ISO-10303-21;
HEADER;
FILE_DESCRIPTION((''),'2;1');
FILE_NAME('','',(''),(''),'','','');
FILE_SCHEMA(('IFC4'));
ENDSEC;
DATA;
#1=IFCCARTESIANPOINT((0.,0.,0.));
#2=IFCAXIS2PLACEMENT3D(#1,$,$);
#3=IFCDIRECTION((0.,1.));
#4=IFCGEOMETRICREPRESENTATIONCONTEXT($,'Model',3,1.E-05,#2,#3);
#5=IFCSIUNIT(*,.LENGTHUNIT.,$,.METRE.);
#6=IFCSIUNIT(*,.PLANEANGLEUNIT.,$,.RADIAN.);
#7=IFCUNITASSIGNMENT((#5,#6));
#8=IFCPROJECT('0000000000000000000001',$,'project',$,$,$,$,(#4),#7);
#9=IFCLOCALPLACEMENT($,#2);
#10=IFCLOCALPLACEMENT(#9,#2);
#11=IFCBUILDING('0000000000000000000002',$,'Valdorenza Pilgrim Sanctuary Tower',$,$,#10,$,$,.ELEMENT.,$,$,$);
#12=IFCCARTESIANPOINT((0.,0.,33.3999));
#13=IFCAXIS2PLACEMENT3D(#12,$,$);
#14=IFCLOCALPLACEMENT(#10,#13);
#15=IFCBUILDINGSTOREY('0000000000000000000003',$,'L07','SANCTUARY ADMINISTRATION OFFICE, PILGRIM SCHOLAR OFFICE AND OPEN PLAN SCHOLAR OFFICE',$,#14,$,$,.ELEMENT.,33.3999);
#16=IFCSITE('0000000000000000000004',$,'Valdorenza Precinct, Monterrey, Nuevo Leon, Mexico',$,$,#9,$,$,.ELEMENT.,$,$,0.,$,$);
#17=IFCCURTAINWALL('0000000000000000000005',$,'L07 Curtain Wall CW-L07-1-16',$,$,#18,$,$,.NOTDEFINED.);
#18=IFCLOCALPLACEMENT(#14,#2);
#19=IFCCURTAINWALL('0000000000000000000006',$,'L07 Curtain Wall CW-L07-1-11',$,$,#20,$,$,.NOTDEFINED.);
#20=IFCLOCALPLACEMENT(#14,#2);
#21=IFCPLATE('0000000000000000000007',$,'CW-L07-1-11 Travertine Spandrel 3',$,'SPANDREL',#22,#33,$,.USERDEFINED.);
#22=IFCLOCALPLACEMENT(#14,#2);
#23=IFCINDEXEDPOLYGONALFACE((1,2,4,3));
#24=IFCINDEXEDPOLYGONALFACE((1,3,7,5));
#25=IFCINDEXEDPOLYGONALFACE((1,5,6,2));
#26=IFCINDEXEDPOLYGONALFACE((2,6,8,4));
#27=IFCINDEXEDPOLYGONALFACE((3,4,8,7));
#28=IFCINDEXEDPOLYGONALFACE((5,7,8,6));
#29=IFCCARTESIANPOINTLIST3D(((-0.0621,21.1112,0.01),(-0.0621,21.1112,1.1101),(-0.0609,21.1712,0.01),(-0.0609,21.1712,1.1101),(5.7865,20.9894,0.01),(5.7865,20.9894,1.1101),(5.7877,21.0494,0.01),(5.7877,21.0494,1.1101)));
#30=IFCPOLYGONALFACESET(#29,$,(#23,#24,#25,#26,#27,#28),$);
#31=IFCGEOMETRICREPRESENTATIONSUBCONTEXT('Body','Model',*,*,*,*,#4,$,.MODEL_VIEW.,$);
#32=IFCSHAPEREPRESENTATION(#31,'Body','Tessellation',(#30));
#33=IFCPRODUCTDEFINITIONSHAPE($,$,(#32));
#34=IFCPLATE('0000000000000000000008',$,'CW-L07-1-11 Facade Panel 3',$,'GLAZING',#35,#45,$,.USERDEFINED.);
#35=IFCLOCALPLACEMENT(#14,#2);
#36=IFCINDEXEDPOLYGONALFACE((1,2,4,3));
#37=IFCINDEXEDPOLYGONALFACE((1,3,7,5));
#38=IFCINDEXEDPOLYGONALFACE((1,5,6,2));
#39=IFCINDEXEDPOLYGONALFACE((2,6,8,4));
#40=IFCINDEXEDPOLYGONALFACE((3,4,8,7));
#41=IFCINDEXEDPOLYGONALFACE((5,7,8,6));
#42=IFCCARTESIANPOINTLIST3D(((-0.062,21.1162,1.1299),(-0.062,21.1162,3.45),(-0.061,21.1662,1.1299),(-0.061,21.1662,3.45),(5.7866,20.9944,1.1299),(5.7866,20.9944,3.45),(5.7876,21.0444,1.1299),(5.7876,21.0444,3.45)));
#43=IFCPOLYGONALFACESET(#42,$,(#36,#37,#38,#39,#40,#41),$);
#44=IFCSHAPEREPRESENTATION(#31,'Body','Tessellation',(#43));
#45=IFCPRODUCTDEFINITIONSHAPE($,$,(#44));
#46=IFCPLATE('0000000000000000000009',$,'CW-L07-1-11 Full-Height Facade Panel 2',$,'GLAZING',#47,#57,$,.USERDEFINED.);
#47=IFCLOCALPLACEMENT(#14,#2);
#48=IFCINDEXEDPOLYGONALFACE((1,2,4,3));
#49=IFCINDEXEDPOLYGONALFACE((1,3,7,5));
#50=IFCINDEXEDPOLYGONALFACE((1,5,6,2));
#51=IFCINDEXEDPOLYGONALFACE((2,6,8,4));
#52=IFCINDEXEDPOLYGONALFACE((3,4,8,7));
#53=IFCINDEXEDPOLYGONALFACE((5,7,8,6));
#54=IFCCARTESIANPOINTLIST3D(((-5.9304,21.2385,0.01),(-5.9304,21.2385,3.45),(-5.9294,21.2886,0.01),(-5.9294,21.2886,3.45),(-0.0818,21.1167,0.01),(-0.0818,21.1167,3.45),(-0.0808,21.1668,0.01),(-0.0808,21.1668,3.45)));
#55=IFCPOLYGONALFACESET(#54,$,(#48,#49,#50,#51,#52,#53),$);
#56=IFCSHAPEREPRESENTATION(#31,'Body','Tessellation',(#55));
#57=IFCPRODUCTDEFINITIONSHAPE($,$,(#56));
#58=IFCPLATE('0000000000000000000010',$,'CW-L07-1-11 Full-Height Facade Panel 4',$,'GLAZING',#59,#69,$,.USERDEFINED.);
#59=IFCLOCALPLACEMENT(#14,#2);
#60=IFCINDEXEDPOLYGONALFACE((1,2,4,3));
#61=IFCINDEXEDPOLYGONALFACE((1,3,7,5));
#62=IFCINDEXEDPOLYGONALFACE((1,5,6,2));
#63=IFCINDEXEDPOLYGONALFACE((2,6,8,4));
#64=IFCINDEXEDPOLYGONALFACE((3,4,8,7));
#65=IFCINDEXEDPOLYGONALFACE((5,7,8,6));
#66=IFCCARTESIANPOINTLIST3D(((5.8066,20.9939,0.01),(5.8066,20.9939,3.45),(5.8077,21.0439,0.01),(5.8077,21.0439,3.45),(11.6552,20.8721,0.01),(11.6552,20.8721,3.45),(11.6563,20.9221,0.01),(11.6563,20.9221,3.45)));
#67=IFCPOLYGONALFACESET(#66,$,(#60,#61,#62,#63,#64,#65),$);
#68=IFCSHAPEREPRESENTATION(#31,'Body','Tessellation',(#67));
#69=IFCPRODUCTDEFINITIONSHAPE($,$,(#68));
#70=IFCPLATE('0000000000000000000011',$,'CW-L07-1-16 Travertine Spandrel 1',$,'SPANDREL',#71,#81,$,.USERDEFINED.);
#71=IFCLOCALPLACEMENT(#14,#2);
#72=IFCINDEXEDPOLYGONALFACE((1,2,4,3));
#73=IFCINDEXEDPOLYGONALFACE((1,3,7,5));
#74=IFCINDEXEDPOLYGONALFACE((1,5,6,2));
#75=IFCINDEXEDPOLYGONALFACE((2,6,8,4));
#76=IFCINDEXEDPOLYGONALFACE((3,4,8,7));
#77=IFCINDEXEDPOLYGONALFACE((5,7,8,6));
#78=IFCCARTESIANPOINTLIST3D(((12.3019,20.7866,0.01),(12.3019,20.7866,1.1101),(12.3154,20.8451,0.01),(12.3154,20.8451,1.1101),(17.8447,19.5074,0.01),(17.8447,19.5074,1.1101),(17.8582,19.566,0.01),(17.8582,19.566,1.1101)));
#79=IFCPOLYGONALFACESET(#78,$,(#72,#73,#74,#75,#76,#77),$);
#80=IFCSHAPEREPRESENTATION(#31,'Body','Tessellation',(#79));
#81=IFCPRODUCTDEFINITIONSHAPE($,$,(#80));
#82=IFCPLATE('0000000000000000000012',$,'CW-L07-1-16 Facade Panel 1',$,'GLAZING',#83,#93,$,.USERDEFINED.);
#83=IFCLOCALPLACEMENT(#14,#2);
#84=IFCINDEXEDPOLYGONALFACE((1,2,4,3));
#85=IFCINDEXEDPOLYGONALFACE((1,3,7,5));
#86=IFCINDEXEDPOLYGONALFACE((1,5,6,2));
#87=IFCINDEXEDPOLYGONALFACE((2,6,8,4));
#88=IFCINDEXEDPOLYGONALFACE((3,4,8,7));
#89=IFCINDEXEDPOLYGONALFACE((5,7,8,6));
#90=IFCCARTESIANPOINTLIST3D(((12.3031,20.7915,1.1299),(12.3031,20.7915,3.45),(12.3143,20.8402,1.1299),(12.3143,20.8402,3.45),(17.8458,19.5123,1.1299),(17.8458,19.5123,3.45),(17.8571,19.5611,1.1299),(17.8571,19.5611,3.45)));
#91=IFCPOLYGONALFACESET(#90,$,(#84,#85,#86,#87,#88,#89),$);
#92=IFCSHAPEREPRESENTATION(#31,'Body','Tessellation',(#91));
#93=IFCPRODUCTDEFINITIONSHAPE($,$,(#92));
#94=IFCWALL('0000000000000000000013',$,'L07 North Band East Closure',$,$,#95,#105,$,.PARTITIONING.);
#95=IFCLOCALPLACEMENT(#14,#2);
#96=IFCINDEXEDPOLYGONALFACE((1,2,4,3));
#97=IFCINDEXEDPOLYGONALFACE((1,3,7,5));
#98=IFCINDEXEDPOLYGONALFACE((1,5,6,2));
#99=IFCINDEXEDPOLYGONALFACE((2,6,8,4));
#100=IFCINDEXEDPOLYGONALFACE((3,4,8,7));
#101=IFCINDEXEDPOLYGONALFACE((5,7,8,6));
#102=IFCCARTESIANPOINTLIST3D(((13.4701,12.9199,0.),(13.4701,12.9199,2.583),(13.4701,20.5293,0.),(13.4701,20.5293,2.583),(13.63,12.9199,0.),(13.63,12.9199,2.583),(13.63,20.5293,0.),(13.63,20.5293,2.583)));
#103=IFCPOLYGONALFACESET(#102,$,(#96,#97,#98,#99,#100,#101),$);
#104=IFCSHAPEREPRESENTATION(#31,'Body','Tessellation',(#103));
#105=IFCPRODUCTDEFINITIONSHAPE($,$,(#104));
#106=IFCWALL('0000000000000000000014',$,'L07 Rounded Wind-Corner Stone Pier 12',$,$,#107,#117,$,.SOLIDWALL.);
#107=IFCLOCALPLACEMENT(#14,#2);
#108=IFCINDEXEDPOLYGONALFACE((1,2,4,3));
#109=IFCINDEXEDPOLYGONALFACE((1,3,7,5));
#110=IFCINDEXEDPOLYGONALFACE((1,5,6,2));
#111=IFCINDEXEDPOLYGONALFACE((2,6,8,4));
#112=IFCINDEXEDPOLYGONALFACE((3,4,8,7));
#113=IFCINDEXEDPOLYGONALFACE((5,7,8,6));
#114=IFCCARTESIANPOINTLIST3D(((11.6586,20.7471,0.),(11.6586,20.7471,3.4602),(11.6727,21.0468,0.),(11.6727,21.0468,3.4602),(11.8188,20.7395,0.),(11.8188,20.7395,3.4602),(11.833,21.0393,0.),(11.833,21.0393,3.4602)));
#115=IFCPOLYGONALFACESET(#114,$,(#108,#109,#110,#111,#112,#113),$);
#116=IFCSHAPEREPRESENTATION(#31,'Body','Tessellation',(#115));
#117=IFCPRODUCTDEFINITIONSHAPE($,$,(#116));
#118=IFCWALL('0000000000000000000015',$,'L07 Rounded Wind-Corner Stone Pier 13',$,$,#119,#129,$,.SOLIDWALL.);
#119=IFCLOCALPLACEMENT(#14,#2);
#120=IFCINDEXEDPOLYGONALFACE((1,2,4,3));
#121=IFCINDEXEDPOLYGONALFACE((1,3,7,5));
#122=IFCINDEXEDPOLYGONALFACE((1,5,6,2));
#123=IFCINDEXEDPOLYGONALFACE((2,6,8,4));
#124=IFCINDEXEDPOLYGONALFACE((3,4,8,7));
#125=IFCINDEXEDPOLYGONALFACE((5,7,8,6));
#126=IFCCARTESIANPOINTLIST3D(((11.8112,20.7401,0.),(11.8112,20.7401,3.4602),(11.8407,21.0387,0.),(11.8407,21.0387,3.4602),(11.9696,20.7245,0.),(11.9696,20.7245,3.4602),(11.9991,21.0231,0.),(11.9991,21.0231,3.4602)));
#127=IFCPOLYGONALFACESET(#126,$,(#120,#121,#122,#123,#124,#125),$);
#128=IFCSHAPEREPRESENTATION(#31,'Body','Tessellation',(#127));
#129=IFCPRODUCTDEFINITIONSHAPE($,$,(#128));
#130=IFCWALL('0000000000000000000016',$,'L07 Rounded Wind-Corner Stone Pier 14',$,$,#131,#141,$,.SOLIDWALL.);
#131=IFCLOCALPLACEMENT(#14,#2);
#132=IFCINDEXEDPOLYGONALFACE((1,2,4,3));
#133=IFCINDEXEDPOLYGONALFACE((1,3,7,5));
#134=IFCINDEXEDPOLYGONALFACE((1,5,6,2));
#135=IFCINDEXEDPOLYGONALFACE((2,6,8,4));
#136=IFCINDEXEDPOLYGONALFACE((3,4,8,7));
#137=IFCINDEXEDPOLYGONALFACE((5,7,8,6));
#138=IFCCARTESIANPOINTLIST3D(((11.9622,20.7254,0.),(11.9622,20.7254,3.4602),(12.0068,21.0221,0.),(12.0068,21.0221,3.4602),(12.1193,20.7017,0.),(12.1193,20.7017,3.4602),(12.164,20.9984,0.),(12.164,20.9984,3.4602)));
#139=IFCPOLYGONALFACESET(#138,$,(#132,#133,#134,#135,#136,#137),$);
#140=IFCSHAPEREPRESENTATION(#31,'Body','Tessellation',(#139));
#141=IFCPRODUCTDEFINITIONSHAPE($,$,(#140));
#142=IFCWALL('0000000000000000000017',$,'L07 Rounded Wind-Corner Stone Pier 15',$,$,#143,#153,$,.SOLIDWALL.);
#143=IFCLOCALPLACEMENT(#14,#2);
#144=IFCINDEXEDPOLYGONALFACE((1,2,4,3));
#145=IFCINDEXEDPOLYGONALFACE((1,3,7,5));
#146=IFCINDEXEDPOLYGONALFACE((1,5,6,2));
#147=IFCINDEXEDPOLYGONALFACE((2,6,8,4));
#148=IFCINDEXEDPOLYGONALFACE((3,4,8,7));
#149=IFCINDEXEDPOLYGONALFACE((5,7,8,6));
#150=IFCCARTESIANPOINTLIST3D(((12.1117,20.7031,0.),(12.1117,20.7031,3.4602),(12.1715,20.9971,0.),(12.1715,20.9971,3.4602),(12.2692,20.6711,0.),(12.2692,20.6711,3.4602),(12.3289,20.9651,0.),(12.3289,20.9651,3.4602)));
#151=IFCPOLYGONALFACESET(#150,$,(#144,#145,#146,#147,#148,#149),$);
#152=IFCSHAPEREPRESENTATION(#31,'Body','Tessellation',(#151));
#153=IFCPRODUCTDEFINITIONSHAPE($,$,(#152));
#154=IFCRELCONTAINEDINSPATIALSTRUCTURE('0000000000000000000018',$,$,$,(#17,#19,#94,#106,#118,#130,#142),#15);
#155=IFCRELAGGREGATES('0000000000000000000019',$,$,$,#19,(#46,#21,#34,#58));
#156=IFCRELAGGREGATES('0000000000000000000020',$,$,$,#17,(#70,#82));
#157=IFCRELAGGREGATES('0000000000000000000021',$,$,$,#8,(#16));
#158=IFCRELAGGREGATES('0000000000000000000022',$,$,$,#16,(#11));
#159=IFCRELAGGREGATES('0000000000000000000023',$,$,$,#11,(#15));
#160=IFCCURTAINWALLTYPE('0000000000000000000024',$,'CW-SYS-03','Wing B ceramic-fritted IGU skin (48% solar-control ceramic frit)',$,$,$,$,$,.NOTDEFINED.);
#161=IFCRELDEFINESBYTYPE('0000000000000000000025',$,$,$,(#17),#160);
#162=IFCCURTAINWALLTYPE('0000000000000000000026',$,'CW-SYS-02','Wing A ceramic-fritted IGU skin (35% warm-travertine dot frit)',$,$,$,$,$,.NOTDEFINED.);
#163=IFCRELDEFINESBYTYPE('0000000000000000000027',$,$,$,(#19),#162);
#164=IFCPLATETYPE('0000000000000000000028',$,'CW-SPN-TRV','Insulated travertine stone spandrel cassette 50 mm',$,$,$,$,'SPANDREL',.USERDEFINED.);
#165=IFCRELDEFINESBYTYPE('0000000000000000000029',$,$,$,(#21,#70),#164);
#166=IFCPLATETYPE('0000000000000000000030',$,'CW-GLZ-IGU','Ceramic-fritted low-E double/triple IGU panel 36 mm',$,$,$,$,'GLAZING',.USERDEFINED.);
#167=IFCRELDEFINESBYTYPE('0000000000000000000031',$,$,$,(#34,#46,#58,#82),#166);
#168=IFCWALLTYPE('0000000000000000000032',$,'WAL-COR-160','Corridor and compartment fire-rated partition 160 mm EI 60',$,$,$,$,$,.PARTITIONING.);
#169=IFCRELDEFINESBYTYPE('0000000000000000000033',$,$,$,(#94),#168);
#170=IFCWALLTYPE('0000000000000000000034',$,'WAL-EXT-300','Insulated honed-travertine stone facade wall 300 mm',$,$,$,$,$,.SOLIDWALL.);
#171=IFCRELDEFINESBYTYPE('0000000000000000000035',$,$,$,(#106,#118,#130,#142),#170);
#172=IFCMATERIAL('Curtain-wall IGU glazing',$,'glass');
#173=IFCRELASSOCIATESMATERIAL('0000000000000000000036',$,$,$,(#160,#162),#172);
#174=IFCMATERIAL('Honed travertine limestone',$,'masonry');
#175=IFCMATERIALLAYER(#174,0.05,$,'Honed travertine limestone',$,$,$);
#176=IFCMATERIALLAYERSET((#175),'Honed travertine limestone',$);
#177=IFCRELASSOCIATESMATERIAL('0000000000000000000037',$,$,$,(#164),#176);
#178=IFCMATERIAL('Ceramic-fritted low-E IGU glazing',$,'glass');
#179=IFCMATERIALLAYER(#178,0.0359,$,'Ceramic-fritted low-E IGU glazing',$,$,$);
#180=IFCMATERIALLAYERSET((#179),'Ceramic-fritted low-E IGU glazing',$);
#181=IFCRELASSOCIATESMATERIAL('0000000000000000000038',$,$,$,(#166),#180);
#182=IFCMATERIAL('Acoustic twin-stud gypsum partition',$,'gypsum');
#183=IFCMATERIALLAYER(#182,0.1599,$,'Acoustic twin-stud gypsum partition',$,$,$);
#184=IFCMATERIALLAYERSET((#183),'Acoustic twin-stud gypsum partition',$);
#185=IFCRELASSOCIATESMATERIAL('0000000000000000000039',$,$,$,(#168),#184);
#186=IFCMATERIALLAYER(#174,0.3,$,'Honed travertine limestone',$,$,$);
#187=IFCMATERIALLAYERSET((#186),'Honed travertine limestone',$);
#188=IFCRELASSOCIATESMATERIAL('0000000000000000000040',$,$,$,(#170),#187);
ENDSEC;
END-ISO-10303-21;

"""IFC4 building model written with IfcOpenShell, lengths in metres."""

from ifc_helpers import new_model, si_unit, direction, frame, frame_2d, origin, origin_2d, place, context, subcontext, project, spatial, rectangle, extrude, source, transform, mapped, material, layer, layer_set, type_object, element, aggregate, save


model = new_model("IFC4")

# Units and contexts
model_context = context("Model", 3, precision=1e-05, world=origin(), true_north=direction((0.0, 1.0)))
body_context = subcontext(model_context, "Body", "Model", "MODEL_VIEW")
ifc_project = project(units=[si_unit("LENGTHUNIT", "METRE"), si_unit("PLANEANGLEUNIT", "RADIAN")], contexts=[model_context])

# Site, building, storey
site_placement = place(None, origin())
site = spatial("IfcSite", under=ifc_project, at=site_placement, Name="Valdorenza Precinct, Monterrey, Nuevo Leon, Mexico", CompositionType="ELEMENT", RefElevation=0.0)
building_placement = place(site_placement, origin())
building = spatial("IfcBuilding", under=site, at=building_placement, Name="Valdorenza Pilgrim Sanctuary Tower", CompositionType="ELEMENT")
storey_placement = place(building_placement, frame((0.0, 0.0, 33.3999)))
storey = spatial("IfcBuildingStorey", under=building, at=storey_placement, Name="L07", Description="SANCTUARY ADMINISTRATION OFFICE, PILGRIM SCHOLAR OFFICE AND OPEN PLAN SCHOLAR OFFICE", CompositionType="ELEMENT", Elevation=33.3999)

# Curtain wall
ifc_material_1 = material(Name="Curtain-wall IGU glazing", Category="glass")
curtain_wall_type_1 = type_object("IfcCurtainWallType", Name="CW-SYS-03", Description="Wing B ceramic-fritted IGU skin (48% solar-control ceramic frit)", PredefinedType="NOTDEFINED", material=ifc_material_1)
curtain_wall_1_placement = place(storey_placement, origin())
curtain_wall_1 = element("IfcCurtainWall", 1, at=curtain_wall_1_placement, inside=storey, type_object=curtain_wall_type_1, Name="L07 Curtain Wall CW-L07-1-16", PredefinedType="NOTDEFINED")

# Curtain wall
curtain_wall_type_2 = type_object("IfcCurtainWallType", Name="CW-SYS-02", Description="Wing A ceramic-fritted IGU skin (35% warm-travertine dot frit)", PredefinedType="NOTDEFINED", material=ifc_material_1)
curtain_wall_2_placement = place(storey_placement, origin())
curtain_wall_2 = element("IfcCurtainWall", 2, at=curtain_wall_2_placement, inside=storey, type_object=curtain_wall_type_2, Name="L07 Curtain Wall CW-L07-1-11", PredefinedType="NOTDEFINED")

# Plates
ifc_material_2 = material(Name="Honed travertine limestone", Category="masonry")
ifc_layer_1 = layer(ifc_material_2, 0.05, Name="Honed travertine limestone")
ifc_layer_set_1 = layer_set([ifc_layer_1], Name="Honed travertine limestone")
plate_type_1 = type_object("IfcPlateType", Name="CW-SPN-TRV", Description="Insulated travertine stone spandrel cassette 50 mm", ElementType="SPANDREL", PredefinedType="USERDEFINED", material=ifc_layer_set_1)
shared_shape_1 = source(origin(), body_context, "Body", "SweptSolid", [
    extrude(rectangle(XDim=5.8499, YDim=0.0601, at=origin_2d()), origin(), (0.0, 0.0, 1.0), 1.1001),
])
plate_1_placement = place(storey_placement, frame((2.8628, 21.0803, 0.01), z_axis=(0.0, 0.0, 1.0), x_axis=(0.999783, -0.02082, 0.0)))
plate_1 = element("IfcPlate", 3, at=plate_1_placement, type_object=plate_type_1, Name="CW-L07-1-11 Travertine Spandrel 3", ObjectType="SPANDREL", PredefinedType="USERDEFINED", context=body_context, shape_type="MappedRepresentation", body=[
    mapped(shared_shape_1, transform((0.0, 0.0, 0.0), x_axis=(1.0, 0.0, 0.0), y_axis=(0.0, 1.0, 0.0), z_axis=(0.0, 0.0, 1.0), scale=1.0)),
])
ifc_material_3 = material(Name="Ceramic-fritted low-E IGU glazing", Category="glass")
ifc_layer_2 = layer(ifc_material_3, 0.0359, Name="Ceramic-fritted low-E IGU glazing")
ifc_layer_set_2 = layer_set([ifc_layer_2], Name="Ceramic-fritted low-E IGU glazing")
plate_type_2 = type_object("IfcPlateType", Name="CW-GLZ-IGU", Description="Ceramic-fritted low-E double/triple IGU panel 36 mm", ElementType="GLAZING", PredefinedType="USERDEFINED", material=ifc_layer_set_2)
shared_shape_2 = source(origin(), body_context, "Body", "SweptSolid", [
    extrude(rectangle(XDim=5.8499, YDim=0.05, at=origin_2d()), origin(), (0.0, 0.0, 1.0), 2.3201),
])
plate_2_placement = place(storey_placement, frame((2.8628, 21.0803, 1.1299), z_axis=(0.0, 0.0, 1.0), x_axis=(0.999783, -0.02082, 0.0)))
plate_2 = element("IfcPlate", 4, at=plate_2_placement, type_object=plate_type_2, Name="CW-L07-1-11 Facade Panel 3", ObjectType="GLAZING", PredefinedType="USERDEFINED", context=body_context, shape_type="MappedRepresentation", body=[
    mapped(shared_shape_2, transform((0.0, 0.0, 0.0), x_axis=(1.0, 0.0, 0.0), y_axis=(0.0, 1.0, 0.0), z_axis=(0.0, 0.0, 1.0), scale=1.0)),
])
shared_shape_3 = source(origin(), body_context, "Body", "SweptSolid", [
    extrude(rectangle(XDim=5.8499, YDim=0.05, at=origin_2d()), origin(), (0.0, 0.0, 1.0), 3.4399),
])
plate_3_placement = place(storey_placement, frame((-3.0056, 21.2026, 0.01), z_axis=(0.0, 0.0, 1.0), x_axis=(0.999783, -0.02082, 0.0)))
plate_3 = element("IfcPlate", 5, at=plate_3_placement, type_object=plate_type_2, Name="CW-L07-1-11 Full-Height Facade Panel 2", ObjectType="GLAZING", PredefinedType="USERDEFINED", context=body_context, shape_type="MappedRepresentation", body=[
    mapped(shared_shape_3, transform((0.0, 0.0, 0.0), x_axis=(1.0, 0.0, 0.0), y_axis=(0.0, 1.0, 0.0), z_axis=(0.0, 0.0, 1.0), scale=1.0)),
])
plate_4_placement = place(storey_placement, frame((8.7314, 20.958, 0.01), z_axis=(0.0, 0.0, 1.0), x_axis=(0.999783, -0.02082, 0.0)))
plate_4 = element("IfcPlate", 6, at=plate_4_placement, type_object=plate_type_2, Name="CW-L07-1-11 Full-Height Facade Panel 4", ObjectType="GLAZING", PredefinedType="USERDEFINED", context=body_context, shape_type="MappedRepresentation", body=[
    mapped(shared_shape_3, transform((0.0, 0.0, 0.0), x_axis=(1.0, 0.0, 0.0), y_axis=(0.0, 1.0, 0.0), z_axis=(0.0, 0.0, 1.0), scale=1.0)),
])
aggregate(curtain_wall_2, [plate_3, plate_1, plate_2, plate_4])
shared_shape_4 = source(origin(), body_context, "Body", "SweptSolid", [
    extrude(rectangle(XDim=5.6885, YDim=0.0601, at=origin_2d()), origin(), (0.0, 0.0, 1.0), 1.1001),
])
plate_5_placement = place(storey_placement, frame((15.0801, 20.1763, 0.01), z_axis=(0.0, 0.0, 1.0), x_axis=(0.97439, -0.224866, 0.0)))
plate_5 = element("IfcPlate", 7, at=plate_5_placement, type_object=plate_type_1, Name="CW-L07-1-16 Travertine Spandrel 1", ObjectType="SPANDREL", PredefinedType="USERDEFINED", context=body_context, shape_type="MappedRepresentation", body=[
    mapped(shared_shape_4, transform((0.0, 0.0, 0.0), x_axis=(1.0, 0.0, 0.0), y_axis=(0.0, 1.0, 0.0), z_axis=(0.0, 0.0, 1.0), scale=1.0)),
])
shared_shape_5 = source(origin(), body_context, "Body", "SweptSolid", [
    extrude(rectangle(XDim=5.6885, YDim=0.05, at=origin_2d()), origin(), (0.0, 0.0, 1.0), 2.3201),
])
plate_6_placement = place(storey_placement, frame((15.0801, 20.1763, 1.1299), z_axis=(0.0, 0.0, 1.0), x_axis=(0.97439, -0.224866, 0.0)))
plate_6 = element("IfcPlate", 8, at=plate_6_placement, type_object=plate_type_2, Name="CW-L07-1-16 Facade Panel 1", ObjectType="GLAZING", PredefinedType="USERDEFINED", context=body_context, shape_type="MappedRepresentation", body=[
    mapped(shared_shape_5, transform((0.0, 0.0, 0.0), x_axis=(1.0, 0.0, 0.0), y_axis=(0.0, 1.0, 0.0), z_axis=(0.0, 0.0, 1.0), scale=1.0)),
])
aggregate(curtain_wall_1, [plate_5, plate_6])

# Walls
ifc_material_4 = material(Name="Acoustic twin-stud gypsum partition", Category="gypsum")
ifc_layer_3 = layer(ifc_material_4, 0.1599, Name="Acoustic twin-stud gypsum partition")
ifc_layer_set_3 = layer_set([ifc_layer_3], Name="Acoustic twin-stud gypsum partition")
wall_type_1 = type_object("IfcWallType", Name="WAL-COR-160", Description="Corridor and compartment fire-rated partition 160 mm EI 60", PredefinedType="PARTITIONING", material=ifc_layer_set_3)
wall_1_placement = place(storey_placement, frame((13.55, 12.9199, 0.0), z_axis=(0.0, 0.0, 1.0), x_axis=(0.0, 1.0, 0.0)))
element("IfcWall", 9, at=wall_1_placement, inside=storey, type_object=wall_type_1, Name="L07 North Band East Closure", PredefinedType="PARTITIONING", context=body_context, shape_type="SweptSolid", body=[
    extrude(rectangle(XDim=7.6094, YDim=0.1599, at=frame_2d((3.8047, 0.0))), origin(), (0.0, 0.0, 1.0), 2.583),
])
ifc_layer_4 = layer(ifc_material_2, 0.3, Name="Honed travertine limestone")
ifc_layer_set_4 = layer_set([ifc_layer_4], Name="Honed travertine limestone")
wall_type_2 = type_object("IfcWallType", Name="WAL-EXT-300", Description="Insulated honed-travertine stone facade wall 300 mm", PredefinedType="SOLIDWALL", material=ifc_layer_set_4)
wall_2_placement = place(storey_placement, frame((11.6658, 20.897, 0.0), z_axis=(0.0, 0.0, 1.0), x_axis=(0.998885, -0.047203, 0.0)))
element("IfcWall", 10, at=wall_2_placement, inside=storey, type_object=wall_type_2, Name="L07 Rounded Wind-Corner Stone Pier 12", PredefinedType="SOLIDWALL", context=body_context, shape_type="SweptSolid", body=[
    extrude(rectangle(XDim=0.1604, YDim=0.3, at=frame_2d((0.0801, 0.0))), origin(), (0.0, 0.0, 1.0), 3.4602),
])
wall_3_placement = place(storey_placement, frame((11.8259, 20.8894, 0.0), z_axis=(0.0, 0.0, 1.0), x_axis=(0.995173, -0.098137, 0.0)))
element("IfcWall", 11, at=wall_3_placement, inside=storey, type_object=wall_type_2, Name="L07 Rounded Wind-Corner Stone Pier 13", PredefinedType="SOLIDWALL", context=body_context, shape_type="SweptSolid", body=[
    extrude(rectangle(XDim=0.1592, YDim=0.3, at=frame_2d((0.0796, 0.0))), origin(), (0.0, 0.0, 1.0), 3.4602),
])
wall_4_placement = place(storey_placement, frame((11.9844, 20.8738, 0.0), z_axis=(0.0, 0.0, 1.0), x_axis=(0.988846, -0.148941, 0.0)))
element("IfcWall", 12, at=wall_4_placement, inside=storey, type_object=wall_type_2, Name="L07 Rounded Wind-Corner Stone Pier 14", PredefinedType="SOLIDWALL", context=body_context, shape_type="SweptSolid", body=[
    extrude(rectangle(XDim=0.1589, YDim=0.3, at=frame_2d((0.0796, 0.0))), origin(), (0.0, 0.0, 1.0), 3.4602),
])
wall_5_placement = place(storey_placement, frame((12.1416, 20.8501, 0.0), z_axis=(0.0, 0.0, 1.0), x_axis=(0.979992, -0.199037, 0.0)))
element("IfcWall", 13, at=wall_5_placement, inside=storey, type_object=wall_type_2, Name="L07 Rounded Wind-Corner Stone Pier 15", PredefinedType="SOLIDWALL", context=body_context, shape_type="SweptSolid", body=[
    extrude(rectangle(XDim=0.1606, YDim=0.3, at=frame_2d((0.0803, 0.0))), origin(), (0.0, 0.0, 1.0), 3.4602),
])

save(model, "model.ifc")
